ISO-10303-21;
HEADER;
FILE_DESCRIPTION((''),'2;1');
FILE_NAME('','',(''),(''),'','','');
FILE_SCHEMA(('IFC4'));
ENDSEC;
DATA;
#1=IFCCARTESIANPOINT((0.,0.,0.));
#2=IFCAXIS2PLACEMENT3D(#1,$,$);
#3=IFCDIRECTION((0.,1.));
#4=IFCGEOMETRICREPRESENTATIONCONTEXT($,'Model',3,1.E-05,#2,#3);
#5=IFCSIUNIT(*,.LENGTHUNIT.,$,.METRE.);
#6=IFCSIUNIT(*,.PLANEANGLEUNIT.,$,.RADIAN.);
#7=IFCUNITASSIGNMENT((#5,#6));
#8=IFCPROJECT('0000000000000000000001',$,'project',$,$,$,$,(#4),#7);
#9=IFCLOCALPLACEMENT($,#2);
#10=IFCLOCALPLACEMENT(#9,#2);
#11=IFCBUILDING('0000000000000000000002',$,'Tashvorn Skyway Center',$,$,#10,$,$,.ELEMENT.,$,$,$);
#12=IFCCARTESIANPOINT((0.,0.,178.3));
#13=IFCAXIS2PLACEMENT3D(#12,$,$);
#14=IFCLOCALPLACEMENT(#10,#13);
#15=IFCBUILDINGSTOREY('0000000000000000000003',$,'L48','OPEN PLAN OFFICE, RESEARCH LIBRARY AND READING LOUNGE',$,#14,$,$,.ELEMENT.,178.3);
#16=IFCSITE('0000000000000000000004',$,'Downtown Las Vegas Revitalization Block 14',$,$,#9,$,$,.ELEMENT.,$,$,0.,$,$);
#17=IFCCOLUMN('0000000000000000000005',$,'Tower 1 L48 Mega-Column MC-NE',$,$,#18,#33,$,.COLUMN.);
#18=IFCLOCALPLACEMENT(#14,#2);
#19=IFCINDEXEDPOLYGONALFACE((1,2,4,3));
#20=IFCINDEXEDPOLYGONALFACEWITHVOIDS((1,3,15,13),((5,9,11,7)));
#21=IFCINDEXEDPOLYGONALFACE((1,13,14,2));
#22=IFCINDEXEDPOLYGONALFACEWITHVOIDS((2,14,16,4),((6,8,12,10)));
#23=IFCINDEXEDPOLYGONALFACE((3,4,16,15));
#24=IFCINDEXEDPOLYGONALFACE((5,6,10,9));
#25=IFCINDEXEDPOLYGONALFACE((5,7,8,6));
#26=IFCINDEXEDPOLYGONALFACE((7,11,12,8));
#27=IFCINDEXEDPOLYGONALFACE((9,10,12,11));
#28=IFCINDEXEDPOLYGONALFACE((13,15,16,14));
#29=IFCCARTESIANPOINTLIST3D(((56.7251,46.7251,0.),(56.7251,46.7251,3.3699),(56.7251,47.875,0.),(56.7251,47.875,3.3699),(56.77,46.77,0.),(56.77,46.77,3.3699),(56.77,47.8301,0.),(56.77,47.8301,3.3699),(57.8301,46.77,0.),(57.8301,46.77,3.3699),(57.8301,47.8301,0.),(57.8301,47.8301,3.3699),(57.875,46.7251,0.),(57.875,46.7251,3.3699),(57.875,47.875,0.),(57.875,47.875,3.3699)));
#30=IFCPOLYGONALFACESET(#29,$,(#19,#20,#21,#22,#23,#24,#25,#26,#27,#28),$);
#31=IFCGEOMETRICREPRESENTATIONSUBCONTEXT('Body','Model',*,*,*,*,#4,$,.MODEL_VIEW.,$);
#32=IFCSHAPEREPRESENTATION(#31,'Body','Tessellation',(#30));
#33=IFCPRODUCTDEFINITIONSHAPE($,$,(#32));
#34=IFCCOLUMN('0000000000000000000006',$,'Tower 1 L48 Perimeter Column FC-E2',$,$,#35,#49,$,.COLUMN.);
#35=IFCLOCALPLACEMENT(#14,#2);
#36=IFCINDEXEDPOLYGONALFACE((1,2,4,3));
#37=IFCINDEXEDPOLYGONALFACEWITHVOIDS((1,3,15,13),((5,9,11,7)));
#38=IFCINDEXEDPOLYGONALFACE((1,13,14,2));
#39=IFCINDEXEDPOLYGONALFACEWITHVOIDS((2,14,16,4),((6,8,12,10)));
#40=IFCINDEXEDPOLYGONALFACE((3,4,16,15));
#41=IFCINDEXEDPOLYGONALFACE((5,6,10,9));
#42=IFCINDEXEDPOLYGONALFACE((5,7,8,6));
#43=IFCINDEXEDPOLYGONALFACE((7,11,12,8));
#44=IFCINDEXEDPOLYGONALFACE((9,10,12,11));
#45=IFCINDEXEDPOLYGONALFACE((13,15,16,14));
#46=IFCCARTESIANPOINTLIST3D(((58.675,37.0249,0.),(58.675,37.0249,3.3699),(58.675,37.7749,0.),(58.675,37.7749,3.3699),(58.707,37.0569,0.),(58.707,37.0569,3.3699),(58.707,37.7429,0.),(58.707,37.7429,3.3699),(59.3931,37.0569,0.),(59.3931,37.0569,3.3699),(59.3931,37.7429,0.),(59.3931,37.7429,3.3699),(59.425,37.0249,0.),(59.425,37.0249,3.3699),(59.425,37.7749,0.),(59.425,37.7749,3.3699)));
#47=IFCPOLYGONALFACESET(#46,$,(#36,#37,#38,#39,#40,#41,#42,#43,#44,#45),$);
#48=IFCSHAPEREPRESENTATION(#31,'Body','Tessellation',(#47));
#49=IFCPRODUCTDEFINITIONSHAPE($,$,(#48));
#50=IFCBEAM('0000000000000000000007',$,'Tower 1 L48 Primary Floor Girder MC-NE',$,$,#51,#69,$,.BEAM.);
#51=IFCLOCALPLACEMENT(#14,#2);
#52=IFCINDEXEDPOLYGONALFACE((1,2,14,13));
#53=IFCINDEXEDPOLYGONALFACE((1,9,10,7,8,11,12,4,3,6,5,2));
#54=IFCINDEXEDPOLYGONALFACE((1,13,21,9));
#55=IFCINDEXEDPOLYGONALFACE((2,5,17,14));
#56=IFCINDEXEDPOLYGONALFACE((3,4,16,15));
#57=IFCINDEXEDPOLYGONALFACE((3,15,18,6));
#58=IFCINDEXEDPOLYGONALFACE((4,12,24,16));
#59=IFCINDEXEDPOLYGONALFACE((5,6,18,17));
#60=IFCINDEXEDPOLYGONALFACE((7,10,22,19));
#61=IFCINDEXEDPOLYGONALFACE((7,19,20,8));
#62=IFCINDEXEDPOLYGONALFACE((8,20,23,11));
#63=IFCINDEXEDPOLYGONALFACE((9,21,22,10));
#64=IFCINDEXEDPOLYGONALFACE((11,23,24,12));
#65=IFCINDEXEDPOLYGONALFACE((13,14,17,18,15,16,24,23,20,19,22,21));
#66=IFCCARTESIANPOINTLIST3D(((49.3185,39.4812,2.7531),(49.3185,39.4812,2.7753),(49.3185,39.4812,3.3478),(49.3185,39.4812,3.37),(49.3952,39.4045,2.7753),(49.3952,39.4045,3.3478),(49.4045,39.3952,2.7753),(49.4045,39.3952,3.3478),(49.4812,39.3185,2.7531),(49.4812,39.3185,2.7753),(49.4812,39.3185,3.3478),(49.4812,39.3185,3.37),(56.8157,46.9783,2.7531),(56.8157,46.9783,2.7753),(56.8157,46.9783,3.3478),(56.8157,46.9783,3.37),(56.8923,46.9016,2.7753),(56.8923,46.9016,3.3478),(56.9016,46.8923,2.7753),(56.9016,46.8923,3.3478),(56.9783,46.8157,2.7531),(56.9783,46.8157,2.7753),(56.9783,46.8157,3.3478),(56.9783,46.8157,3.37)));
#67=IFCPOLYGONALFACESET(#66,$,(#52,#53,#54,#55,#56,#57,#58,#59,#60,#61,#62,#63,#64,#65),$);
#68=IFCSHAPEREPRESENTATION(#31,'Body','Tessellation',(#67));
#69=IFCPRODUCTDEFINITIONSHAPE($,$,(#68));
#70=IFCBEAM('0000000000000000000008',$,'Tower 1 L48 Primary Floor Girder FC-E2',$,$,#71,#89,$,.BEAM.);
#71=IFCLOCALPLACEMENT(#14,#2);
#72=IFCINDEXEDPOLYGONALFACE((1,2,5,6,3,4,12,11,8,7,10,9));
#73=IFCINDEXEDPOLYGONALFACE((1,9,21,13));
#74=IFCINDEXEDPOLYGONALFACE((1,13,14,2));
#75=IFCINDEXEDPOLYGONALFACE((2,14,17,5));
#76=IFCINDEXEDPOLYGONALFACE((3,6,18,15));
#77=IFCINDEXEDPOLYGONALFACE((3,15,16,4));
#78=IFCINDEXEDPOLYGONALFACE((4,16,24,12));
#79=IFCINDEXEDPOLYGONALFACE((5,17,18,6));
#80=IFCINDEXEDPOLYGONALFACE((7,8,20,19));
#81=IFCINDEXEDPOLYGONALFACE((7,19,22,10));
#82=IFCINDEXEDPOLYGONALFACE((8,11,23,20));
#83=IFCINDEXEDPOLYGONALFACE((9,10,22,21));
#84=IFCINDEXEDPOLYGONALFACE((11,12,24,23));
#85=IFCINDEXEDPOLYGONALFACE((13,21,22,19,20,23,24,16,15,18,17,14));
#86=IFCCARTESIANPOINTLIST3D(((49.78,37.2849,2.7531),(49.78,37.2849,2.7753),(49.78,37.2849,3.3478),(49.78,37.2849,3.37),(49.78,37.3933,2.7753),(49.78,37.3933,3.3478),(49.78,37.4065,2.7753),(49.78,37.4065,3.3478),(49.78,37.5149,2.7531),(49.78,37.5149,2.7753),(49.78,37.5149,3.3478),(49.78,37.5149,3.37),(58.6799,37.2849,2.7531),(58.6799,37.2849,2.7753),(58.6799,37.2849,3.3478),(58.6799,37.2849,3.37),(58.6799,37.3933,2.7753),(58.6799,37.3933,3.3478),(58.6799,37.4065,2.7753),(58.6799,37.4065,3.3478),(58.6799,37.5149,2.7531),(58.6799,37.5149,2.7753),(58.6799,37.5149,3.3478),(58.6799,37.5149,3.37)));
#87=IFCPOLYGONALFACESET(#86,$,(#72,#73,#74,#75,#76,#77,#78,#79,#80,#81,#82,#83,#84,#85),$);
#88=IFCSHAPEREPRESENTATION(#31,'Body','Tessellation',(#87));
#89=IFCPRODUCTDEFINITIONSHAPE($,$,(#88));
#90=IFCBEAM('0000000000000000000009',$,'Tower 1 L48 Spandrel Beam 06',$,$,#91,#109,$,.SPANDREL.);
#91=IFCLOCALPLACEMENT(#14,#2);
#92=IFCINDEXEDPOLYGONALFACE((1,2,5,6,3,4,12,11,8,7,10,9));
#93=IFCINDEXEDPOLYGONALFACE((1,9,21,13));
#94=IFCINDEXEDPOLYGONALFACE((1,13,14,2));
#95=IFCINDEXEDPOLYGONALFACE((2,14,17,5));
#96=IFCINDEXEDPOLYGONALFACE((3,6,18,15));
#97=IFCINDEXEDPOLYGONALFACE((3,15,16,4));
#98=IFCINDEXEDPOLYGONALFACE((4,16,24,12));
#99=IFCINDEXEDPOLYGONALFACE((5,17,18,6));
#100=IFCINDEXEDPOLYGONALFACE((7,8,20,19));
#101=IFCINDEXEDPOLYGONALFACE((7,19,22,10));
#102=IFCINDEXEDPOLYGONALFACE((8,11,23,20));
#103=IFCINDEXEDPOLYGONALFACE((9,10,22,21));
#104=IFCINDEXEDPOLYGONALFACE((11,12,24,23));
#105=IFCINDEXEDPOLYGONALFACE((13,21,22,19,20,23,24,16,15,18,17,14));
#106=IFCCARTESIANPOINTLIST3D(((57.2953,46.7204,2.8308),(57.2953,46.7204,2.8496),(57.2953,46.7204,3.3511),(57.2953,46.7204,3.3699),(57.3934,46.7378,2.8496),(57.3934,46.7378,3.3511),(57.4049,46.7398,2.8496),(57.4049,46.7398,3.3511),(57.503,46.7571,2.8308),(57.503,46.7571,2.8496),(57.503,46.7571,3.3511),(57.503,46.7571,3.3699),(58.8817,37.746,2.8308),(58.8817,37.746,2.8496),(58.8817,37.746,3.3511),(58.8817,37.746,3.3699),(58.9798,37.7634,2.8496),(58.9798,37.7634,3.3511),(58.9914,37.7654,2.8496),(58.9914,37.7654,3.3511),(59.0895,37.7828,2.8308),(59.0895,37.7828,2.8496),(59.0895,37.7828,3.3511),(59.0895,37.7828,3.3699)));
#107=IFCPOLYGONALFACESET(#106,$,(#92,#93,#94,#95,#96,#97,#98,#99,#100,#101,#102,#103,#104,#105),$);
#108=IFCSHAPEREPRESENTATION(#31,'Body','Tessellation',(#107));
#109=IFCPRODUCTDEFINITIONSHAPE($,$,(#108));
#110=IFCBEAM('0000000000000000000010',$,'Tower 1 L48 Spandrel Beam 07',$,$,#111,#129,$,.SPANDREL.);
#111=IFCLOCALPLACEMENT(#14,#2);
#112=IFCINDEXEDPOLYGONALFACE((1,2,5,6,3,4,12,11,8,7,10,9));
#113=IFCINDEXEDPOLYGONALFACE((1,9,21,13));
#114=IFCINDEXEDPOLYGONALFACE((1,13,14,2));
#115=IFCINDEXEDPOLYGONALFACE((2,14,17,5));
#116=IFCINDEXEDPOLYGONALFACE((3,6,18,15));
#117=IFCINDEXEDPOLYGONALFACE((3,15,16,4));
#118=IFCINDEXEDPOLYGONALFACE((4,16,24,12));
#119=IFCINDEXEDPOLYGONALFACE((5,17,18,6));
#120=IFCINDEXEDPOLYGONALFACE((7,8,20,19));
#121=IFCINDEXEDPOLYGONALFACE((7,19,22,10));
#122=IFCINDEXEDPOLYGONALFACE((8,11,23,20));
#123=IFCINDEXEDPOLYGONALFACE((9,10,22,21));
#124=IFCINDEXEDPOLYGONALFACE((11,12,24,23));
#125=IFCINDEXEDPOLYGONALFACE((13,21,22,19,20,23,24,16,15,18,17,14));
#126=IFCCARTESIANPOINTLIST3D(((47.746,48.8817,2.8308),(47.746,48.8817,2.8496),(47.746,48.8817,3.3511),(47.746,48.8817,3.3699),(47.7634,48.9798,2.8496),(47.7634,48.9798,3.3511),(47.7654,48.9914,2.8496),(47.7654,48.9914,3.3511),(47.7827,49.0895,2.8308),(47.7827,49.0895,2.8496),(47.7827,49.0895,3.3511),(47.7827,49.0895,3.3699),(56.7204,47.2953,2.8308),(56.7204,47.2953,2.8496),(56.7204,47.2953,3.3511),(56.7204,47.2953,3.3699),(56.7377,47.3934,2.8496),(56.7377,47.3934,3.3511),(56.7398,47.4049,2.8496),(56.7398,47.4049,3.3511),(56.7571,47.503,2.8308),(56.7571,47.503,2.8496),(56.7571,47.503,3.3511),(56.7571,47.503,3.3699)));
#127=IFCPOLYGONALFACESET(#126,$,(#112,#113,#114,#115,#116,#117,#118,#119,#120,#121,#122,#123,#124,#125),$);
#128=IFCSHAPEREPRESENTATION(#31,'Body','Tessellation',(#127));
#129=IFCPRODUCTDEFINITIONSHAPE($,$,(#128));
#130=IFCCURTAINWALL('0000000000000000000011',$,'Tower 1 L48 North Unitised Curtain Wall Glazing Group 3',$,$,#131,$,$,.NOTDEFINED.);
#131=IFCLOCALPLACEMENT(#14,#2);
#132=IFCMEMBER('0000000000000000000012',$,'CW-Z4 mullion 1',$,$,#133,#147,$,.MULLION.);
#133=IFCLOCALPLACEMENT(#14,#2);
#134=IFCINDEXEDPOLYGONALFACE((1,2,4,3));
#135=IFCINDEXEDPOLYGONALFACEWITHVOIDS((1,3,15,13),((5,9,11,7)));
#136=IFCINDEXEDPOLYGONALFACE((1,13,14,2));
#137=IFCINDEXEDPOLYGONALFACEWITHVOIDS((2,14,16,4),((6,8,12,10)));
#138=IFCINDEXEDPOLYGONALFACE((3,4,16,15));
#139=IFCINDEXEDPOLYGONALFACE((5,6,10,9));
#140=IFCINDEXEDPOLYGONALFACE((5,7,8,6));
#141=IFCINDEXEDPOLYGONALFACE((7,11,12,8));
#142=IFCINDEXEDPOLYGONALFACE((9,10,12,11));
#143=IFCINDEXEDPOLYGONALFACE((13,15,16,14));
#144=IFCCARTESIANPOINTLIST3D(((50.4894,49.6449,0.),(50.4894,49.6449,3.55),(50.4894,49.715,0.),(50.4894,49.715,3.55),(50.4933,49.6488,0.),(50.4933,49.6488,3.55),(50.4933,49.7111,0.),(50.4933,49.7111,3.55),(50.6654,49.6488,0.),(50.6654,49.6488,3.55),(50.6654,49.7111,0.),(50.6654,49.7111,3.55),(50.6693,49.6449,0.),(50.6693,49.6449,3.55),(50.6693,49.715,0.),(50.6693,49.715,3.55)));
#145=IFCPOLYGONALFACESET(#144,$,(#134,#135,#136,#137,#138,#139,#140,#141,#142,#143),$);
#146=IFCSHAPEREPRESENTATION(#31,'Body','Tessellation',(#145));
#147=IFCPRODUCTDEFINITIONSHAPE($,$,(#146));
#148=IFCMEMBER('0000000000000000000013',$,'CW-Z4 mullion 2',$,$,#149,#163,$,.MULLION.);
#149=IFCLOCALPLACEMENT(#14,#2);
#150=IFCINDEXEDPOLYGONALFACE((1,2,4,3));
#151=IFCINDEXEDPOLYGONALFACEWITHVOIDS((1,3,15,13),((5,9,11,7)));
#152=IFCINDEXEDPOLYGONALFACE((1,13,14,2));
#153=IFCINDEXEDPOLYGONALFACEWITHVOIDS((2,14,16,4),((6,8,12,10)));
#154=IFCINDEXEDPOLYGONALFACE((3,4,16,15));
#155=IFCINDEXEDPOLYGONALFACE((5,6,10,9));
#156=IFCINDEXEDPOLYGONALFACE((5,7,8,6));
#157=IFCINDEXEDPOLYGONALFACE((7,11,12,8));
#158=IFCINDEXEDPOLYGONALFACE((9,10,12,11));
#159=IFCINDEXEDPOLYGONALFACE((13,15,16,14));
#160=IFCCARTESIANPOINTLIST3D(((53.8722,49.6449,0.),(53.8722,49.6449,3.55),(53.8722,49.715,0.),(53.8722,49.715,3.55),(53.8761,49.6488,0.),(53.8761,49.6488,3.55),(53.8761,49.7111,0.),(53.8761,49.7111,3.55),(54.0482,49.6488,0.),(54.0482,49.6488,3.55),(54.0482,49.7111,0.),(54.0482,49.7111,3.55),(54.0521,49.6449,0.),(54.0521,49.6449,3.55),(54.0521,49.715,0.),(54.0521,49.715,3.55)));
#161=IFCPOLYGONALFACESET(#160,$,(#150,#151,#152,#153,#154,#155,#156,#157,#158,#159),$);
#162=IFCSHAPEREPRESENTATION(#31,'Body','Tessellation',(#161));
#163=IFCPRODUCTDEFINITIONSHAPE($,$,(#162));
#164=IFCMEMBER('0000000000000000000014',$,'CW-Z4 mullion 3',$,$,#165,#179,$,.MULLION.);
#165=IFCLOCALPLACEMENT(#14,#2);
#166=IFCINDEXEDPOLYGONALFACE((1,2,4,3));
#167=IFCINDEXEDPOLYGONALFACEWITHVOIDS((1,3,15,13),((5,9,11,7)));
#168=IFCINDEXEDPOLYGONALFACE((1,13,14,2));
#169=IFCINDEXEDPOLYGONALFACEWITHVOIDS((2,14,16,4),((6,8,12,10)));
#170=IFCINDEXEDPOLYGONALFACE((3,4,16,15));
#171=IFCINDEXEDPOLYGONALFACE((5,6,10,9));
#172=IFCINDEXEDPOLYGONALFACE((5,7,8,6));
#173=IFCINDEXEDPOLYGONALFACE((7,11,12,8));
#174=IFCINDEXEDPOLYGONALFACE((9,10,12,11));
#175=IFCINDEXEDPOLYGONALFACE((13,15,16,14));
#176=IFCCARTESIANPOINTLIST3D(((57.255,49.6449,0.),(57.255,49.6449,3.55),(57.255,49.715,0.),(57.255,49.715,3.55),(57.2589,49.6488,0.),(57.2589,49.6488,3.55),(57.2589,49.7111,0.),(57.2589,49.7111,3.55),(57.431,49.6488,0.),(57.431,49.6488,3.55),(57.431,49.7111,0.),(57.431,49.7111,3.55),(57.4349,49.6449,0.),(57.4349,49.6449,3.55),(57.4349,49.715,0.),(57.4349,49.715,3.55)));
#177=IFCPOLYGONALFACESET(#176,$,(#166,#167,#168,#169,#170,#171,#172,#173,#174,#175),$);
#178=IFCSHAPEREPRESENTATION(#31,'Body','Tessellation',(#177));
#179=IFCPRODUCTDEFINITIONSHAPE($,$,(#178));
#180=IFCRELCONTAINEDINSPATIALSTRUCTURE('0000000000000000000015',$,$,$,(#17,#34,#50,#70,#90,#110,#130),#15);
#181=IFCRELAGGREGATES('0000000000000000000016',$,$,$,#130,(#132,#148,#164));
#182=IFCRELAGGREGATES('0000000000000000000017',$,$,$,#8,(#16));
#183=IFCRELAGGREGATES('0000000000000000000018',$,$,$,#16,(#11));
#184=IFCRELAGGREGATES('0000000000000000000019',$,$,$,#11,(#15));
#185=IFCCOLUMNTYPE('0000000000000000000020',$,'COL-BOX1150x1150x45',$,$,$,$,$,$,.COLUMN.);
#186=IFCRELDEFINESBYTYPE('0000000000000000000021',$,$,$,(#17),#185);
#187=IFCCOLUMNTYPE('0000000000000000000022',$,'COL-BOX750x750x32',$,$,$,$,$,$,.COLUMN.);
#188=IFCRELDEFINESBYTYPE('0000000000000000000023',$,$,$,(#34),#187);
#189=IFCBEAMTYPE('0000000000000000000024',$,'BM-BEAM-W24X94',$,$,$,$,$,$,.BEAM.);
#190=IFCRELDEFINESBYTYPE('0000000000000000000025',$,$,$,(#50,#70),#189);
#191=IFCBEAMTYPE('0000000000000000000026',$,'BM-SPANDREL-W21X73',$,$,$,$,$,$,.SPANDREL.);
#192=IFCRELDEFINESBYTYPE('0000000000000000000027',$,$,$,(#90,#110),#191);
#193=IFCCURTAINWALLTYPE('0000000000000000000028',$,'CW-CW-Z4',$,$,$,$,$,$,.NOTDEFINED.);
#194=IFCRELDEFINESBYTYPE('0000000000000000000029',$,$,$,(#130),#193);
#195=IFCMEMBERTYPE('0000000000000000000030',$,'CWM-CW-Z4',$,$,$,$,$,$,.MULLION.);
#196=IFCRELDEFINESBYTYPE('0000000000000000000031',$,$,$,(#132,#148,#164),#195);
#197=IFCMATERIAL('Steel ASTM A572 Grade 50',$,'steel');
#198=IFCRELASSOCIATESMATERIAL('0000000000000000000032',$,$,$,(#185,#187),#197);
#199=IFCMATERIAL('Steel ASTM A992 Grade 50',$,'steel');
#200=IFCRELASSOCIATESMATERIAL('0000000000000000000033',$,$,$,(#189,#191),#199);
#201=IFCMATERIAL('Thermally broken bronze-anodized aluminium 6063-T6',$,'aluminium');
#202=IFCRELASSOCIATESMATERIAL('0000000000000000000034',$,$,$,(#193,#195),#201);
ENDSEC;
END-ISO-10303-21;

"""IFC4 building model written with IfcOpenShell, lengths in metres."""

from ifc_helpers import new_model, si_unit, direction, frame, origin, origin_2d, place, context, subcontext, project, spatial, hollow_rectangle, i_section, extrude, material, material_profile, profile_set, type_object, element, aggregate, save


model = new_model("IFC4")

# Units and contexts
model_context = context("Model", 3, precision=1e-05, world=origin(), true_north=direction((0.0, 1.0)))
body_context = subcontext(model_context, "Body", "Model", "MODEL_VIEW")
ifc_project = project(units=[si_unit("LENGTHUNIT", "METRE"), si_unit("PLANEANGLEUNIT", "RADIAN")], contexts=[model_context])

# Site, building, storey
site_placement = place(None, origin())
site = spatial("IfcSite", under=ifc_project, at=site_placement, Name="Downtown Las Vegas Revitalization Block 14", CompositionType="ELEMENT", RefElevation=0.0)
building_placement = place(site_placement, origin())
building = spatial("IfcBuilding", under=site, at=building_placement, Name="Tashvorn Skyway Center", CompositionType="ELEMENT")
storey_placement = place(building_placement, frame((0.0, 0.0, 178.3)))
storey = spatial("IfcBuildingStorey", under=building, at=storey_placement, Name="L48", Description="OPEN PLAN OFFICE, RESEARCH LIBRARY AND READING LOUNGE", CompositionType="ELEMENT", Elevation=178.3)

# Columns
ifc_material_1 = material(Name="Steel ASTM A572 Grade 50", Category="steel")
ifc_material_profile_1 = material_profile(ifc_material_1, hollow_rectangle(XDim=1.1499, YDim=1.1499, WallThickness=0.0449, at=origin_2d()), Name="BOX1150x1150x45")
ifc_profile_set_1 = profile_set([ifc_material_profile_1], Name="Steel ASTM A572 Grade 50")
column_type_1 = type_object("IfcColumnType", Name="COL-BOX1150x1150x45", PredefinedType="COLUMN", material=ifc_profile_set_1)
column_1_placement = place(storey_placement, frame((57.3, 47.3, 0.0), z_axis=(0.0, 0.0, 1.0), x_axis=(1.0, 0.0, 0.0)))
element("IfcColumn", 1, at=column_1_placement, inside=storey, type_object=column_type_1, Name="Tower 1 L48 Mega-Column MC-NE", PredefinedType="COLUMN", context=body_context, shape_type="SweptSolid", body=[
    extrude(hollow_rectangle(XDim=1.1499, YDim=1.1499, WallThickness=0.0449, at=origin_2d()), origin(), (0.0, 0.0, 1.0), 3.3699),
])
ifc_material_profile_2 = material_profile(ifc_material_1, hollow_rectangle(XDim=0.75, YDim=0.75, WallThickness=0.032, at=origin_2d()), Name="BOX750x750x32")
ifc_profile_set_2 = profile_set([ifc_material_profile_2], Name="Steel ASTM A572 Grade 50")
column_type_2 = type_object("IfcColumnType", Name="COL-BOX750x750x32", PredefinedType="COLUMN", material=ifc_profile_set_2)
column_2_placement = place(storey_placement, frame((59.05, 37.3999, 0.0), z_axis=(0.0, 0.0, 1.0), x_axis=(1.0, 0.0, 0.0)))
element("IfcColumn", 2, at=column_2_placement, inside=storey, type_object=column_type_2, Name="Tower 1 L48 Perimeter Column FC-E2", PredefinedType="COLUMN", context=body_context, shape_type="SweptSolid", body=[
    extrude(hollow_rectangle(XDim=0.75, YDim=0.75, WallThickness=0.032, at=origin_2d()), origin(), (0.0, 0.0, 1.0), 3.3699),
])

# Beams
ifc_material_2 = material(Name="Steel ASTM A992 Grade 50", Category="steel")
ifc_material_profile_3 = material_profile(ifc_material_2, i_section(OverallWidth=0.23, OverallDepth=0.6169, WebThickness=0.0132, FlangeThickness=0.0222, at=origin_2d()), Name="W24X94")
ifc_profile_set_3 = profile_set([ifc_material_profile_3], Name="Steel ASTM A992 Grade 50")
beam_type_1 = type_object("IfcBeamType", Name="BM-BEAM-W24X94", PredefinedType="BEAM", material=ifc_profile_set_3)
beam_1_placement = place(storey_placement, frame((56.897, 46.897, 3.0615), z_axis=(-0.707107, -0.707107, 0.0), x_axis=(0.707107, -0.707107, 0.0)))
element("IfcBeam", 3, at=beam_1_placement, inside=storey, type_object=beam_type_1, Name="Tower 1 L48 Primary Floor Girder MC-NE", PredefinedType="BEAM", context=body_context, shape_type="SweptSolid", body=[
    extrude(i_section(OverallWidth=0.23, OverallDepth=0.6169, WebThickness=0.0132, FlangeThickness=0.0222, at=origin_2d()), origin(), (0.0, 0.0, 1.0), 10.6025),
])
beam_2_placement = place(storey_placement, frame((58.6799, 37.3999, 3.0615), z_axis=(-1.0, 0.0, 0.0), x_axis=(0.0, -1.0, 0.0)))
element("IfcBeam", 4, at=beam_2_placement, inside=storey, type_object=beam_type_1, Name="Tower 1 L48 Primary Floor Girder FC-E2", PredefinedType="BEAM", context=body_context, shape_type="SweptSolid", body=[
    extrude(i_section(OverallWidth=0.23, OverallDepth=0.6169, WebThickness=0.0132, FlangeThickness=0.0222, at=origin_2d()), origin(), (0.0, 0.0, 1.0), 8.8999),
])
ifc_material_profile_4 = material_profile(ifc_material_2, i_section(OverallWidth=0.2109, OverallDepth=0.5391, WebThickness=0.0117, FlangeThickness=0.0188, at=origin_2d()), Name="W21X73")
ifc_profile_set_4 = profile_set([ifc_material_profile_4], Name="Steel ASTM A992 Grade 50")
beam_type_2 = type_object("IfcBeamType", Name="BM-SPANDREL-W21X73", PredefinedType="SPANDREL", material=ifc_profile_set_4)
for number, where, z_axis, x_axis, name in (
    (5, (58.9856, 37.7644, 3.1003), (-0.174074, 0.984733, 0.0), (-0.984733, -0.174074, 0.0), "Tower 1 L48 Spandrel Beam 06"),
    (6, (56.7388, 47.3992, 3.1003), (-0.984733, 0.174074, 0.0), (-0.174074, -0.984733, 0.0), "Tower 1 L48 Spandrel Beam 07"),
):
    element("IfcBeam", number, at=place(storey_placement, frame(where, z_axis=z_axis, x_axis=x_axis)), inside=storey, type_object=beam_type_2, Name=name, PredefinedType="SPANDREL", context=body_context, shape_type="SweptSolid", body=[
        extrude(i_section(OverallWidth=0.2109, OverallDepth=0.5391, WebThickness=0.0117, FlangeThickness=0.0188, at=origin_2d()), origin(), (0.0, 0.0, 1.0), 9.1135),
    ])

# Curtain wall, members
ifc_material_3 = material(Name="Thermally broken bronze-anodized aluminium 6063-T6", Category="aluminium")
curtain_wall_type = type_object("IfcCurtainWallType", Name="CW-CW-Z4", PredefinedType="NOTDEFINED", material=ifc_material_3)
curtain_wall_1_placement = place(storey_placement, origin())
curtain_wall_1 = element("IfcCurtainWall", 7, at=curtain_wall_1_placement, inside=storey, type_object=curtain_wall_type, Name="Tower 1 L48 North Unitised Curtain Wall Glazing Group 3", PredefinedType="NOTDEFINED")
ifc_material_profile_5 = material_profile(ifc_material_3, hollow_rectangle(XDim=0.0701, YDim=0.1799, WallThickness=0.0039, at=origin_2d()), Name="ALU-MULL-70x180")
ifc_profile_set_5 = profile_set([ifc_material_profile_5], Name="Thermally broken bronze-anodized aluminium 6063-T6")
member_type_1 = type_object("IfcMemberType", Name="CWM-CW-Z4", PredefinedType="MULLION", material=ifc_profile_set_5)
member_1_placement = place(storey_placement, frame((50.5793, 49.6799, 0.0), z_axis=(0.0, 0.0, 1.0), x_axis=(0.0, 1.0, 0.0)))
member_1 = element("IfcMember", 8, at=member_1_placement, type_object=member_type_1, Name="CW-Z4 mullion 1", PredefinedType="MULLION", context=body_context, shape_type="SweptSolid", body=[
    extrude(hollow_rectangle(XDim=0.0701, YDim=0.1799, WallThickness=0.0039, at=origin_2d()), origin(), (0.0, 0.0, 1.0), 3.55),
])
member_2_placement = place(storey_placement, frame((53.9622, 49.6799, 0.0), z_axis=(0.0, 0.0, 1.0), x_axis=(0.0, 1.0, 0.0)))
member_2 = element("IfcMember", 9, at=member_2_placement, type_object=member_type_1, Name="CW-Z4 mullion 2", PredefinedType="MULLION", context=body_context, shape_type="SweptSolid", body=[
    extrude(hollow_rectangle(XDim=0.0701, YDim=0.1799, WallThickness=0.0039, at=origin_2d()), origin(), (0.0, 0.0, 1.0), 3.55),
])
member_3_placement = place(storey_placement, frame((57.345, 49.6799, 0.0), z_axis=(0.0, 0.0, 1.0), x_axis=(0.0, 1.0, 0.0)))
member_3 = element("IfcMember", 10, at=member_3_placement, type_object=member_type_1, Name="CW-Z4 mullion 3", PredefinedType="MULLION", context=body_context, shape_type="SweptSolid", body=[
    extrude(hollow_rectangle(XDim=0.0701, YDim=0.1799, WallThickness=0.0039, at=origin_2d()), origin(), (0.0, 0.0, 1.0), 3.55),
])

aggregate(curtain_wall_1, [member_1, member_2, member_3])

save(model, "model.ifc")
